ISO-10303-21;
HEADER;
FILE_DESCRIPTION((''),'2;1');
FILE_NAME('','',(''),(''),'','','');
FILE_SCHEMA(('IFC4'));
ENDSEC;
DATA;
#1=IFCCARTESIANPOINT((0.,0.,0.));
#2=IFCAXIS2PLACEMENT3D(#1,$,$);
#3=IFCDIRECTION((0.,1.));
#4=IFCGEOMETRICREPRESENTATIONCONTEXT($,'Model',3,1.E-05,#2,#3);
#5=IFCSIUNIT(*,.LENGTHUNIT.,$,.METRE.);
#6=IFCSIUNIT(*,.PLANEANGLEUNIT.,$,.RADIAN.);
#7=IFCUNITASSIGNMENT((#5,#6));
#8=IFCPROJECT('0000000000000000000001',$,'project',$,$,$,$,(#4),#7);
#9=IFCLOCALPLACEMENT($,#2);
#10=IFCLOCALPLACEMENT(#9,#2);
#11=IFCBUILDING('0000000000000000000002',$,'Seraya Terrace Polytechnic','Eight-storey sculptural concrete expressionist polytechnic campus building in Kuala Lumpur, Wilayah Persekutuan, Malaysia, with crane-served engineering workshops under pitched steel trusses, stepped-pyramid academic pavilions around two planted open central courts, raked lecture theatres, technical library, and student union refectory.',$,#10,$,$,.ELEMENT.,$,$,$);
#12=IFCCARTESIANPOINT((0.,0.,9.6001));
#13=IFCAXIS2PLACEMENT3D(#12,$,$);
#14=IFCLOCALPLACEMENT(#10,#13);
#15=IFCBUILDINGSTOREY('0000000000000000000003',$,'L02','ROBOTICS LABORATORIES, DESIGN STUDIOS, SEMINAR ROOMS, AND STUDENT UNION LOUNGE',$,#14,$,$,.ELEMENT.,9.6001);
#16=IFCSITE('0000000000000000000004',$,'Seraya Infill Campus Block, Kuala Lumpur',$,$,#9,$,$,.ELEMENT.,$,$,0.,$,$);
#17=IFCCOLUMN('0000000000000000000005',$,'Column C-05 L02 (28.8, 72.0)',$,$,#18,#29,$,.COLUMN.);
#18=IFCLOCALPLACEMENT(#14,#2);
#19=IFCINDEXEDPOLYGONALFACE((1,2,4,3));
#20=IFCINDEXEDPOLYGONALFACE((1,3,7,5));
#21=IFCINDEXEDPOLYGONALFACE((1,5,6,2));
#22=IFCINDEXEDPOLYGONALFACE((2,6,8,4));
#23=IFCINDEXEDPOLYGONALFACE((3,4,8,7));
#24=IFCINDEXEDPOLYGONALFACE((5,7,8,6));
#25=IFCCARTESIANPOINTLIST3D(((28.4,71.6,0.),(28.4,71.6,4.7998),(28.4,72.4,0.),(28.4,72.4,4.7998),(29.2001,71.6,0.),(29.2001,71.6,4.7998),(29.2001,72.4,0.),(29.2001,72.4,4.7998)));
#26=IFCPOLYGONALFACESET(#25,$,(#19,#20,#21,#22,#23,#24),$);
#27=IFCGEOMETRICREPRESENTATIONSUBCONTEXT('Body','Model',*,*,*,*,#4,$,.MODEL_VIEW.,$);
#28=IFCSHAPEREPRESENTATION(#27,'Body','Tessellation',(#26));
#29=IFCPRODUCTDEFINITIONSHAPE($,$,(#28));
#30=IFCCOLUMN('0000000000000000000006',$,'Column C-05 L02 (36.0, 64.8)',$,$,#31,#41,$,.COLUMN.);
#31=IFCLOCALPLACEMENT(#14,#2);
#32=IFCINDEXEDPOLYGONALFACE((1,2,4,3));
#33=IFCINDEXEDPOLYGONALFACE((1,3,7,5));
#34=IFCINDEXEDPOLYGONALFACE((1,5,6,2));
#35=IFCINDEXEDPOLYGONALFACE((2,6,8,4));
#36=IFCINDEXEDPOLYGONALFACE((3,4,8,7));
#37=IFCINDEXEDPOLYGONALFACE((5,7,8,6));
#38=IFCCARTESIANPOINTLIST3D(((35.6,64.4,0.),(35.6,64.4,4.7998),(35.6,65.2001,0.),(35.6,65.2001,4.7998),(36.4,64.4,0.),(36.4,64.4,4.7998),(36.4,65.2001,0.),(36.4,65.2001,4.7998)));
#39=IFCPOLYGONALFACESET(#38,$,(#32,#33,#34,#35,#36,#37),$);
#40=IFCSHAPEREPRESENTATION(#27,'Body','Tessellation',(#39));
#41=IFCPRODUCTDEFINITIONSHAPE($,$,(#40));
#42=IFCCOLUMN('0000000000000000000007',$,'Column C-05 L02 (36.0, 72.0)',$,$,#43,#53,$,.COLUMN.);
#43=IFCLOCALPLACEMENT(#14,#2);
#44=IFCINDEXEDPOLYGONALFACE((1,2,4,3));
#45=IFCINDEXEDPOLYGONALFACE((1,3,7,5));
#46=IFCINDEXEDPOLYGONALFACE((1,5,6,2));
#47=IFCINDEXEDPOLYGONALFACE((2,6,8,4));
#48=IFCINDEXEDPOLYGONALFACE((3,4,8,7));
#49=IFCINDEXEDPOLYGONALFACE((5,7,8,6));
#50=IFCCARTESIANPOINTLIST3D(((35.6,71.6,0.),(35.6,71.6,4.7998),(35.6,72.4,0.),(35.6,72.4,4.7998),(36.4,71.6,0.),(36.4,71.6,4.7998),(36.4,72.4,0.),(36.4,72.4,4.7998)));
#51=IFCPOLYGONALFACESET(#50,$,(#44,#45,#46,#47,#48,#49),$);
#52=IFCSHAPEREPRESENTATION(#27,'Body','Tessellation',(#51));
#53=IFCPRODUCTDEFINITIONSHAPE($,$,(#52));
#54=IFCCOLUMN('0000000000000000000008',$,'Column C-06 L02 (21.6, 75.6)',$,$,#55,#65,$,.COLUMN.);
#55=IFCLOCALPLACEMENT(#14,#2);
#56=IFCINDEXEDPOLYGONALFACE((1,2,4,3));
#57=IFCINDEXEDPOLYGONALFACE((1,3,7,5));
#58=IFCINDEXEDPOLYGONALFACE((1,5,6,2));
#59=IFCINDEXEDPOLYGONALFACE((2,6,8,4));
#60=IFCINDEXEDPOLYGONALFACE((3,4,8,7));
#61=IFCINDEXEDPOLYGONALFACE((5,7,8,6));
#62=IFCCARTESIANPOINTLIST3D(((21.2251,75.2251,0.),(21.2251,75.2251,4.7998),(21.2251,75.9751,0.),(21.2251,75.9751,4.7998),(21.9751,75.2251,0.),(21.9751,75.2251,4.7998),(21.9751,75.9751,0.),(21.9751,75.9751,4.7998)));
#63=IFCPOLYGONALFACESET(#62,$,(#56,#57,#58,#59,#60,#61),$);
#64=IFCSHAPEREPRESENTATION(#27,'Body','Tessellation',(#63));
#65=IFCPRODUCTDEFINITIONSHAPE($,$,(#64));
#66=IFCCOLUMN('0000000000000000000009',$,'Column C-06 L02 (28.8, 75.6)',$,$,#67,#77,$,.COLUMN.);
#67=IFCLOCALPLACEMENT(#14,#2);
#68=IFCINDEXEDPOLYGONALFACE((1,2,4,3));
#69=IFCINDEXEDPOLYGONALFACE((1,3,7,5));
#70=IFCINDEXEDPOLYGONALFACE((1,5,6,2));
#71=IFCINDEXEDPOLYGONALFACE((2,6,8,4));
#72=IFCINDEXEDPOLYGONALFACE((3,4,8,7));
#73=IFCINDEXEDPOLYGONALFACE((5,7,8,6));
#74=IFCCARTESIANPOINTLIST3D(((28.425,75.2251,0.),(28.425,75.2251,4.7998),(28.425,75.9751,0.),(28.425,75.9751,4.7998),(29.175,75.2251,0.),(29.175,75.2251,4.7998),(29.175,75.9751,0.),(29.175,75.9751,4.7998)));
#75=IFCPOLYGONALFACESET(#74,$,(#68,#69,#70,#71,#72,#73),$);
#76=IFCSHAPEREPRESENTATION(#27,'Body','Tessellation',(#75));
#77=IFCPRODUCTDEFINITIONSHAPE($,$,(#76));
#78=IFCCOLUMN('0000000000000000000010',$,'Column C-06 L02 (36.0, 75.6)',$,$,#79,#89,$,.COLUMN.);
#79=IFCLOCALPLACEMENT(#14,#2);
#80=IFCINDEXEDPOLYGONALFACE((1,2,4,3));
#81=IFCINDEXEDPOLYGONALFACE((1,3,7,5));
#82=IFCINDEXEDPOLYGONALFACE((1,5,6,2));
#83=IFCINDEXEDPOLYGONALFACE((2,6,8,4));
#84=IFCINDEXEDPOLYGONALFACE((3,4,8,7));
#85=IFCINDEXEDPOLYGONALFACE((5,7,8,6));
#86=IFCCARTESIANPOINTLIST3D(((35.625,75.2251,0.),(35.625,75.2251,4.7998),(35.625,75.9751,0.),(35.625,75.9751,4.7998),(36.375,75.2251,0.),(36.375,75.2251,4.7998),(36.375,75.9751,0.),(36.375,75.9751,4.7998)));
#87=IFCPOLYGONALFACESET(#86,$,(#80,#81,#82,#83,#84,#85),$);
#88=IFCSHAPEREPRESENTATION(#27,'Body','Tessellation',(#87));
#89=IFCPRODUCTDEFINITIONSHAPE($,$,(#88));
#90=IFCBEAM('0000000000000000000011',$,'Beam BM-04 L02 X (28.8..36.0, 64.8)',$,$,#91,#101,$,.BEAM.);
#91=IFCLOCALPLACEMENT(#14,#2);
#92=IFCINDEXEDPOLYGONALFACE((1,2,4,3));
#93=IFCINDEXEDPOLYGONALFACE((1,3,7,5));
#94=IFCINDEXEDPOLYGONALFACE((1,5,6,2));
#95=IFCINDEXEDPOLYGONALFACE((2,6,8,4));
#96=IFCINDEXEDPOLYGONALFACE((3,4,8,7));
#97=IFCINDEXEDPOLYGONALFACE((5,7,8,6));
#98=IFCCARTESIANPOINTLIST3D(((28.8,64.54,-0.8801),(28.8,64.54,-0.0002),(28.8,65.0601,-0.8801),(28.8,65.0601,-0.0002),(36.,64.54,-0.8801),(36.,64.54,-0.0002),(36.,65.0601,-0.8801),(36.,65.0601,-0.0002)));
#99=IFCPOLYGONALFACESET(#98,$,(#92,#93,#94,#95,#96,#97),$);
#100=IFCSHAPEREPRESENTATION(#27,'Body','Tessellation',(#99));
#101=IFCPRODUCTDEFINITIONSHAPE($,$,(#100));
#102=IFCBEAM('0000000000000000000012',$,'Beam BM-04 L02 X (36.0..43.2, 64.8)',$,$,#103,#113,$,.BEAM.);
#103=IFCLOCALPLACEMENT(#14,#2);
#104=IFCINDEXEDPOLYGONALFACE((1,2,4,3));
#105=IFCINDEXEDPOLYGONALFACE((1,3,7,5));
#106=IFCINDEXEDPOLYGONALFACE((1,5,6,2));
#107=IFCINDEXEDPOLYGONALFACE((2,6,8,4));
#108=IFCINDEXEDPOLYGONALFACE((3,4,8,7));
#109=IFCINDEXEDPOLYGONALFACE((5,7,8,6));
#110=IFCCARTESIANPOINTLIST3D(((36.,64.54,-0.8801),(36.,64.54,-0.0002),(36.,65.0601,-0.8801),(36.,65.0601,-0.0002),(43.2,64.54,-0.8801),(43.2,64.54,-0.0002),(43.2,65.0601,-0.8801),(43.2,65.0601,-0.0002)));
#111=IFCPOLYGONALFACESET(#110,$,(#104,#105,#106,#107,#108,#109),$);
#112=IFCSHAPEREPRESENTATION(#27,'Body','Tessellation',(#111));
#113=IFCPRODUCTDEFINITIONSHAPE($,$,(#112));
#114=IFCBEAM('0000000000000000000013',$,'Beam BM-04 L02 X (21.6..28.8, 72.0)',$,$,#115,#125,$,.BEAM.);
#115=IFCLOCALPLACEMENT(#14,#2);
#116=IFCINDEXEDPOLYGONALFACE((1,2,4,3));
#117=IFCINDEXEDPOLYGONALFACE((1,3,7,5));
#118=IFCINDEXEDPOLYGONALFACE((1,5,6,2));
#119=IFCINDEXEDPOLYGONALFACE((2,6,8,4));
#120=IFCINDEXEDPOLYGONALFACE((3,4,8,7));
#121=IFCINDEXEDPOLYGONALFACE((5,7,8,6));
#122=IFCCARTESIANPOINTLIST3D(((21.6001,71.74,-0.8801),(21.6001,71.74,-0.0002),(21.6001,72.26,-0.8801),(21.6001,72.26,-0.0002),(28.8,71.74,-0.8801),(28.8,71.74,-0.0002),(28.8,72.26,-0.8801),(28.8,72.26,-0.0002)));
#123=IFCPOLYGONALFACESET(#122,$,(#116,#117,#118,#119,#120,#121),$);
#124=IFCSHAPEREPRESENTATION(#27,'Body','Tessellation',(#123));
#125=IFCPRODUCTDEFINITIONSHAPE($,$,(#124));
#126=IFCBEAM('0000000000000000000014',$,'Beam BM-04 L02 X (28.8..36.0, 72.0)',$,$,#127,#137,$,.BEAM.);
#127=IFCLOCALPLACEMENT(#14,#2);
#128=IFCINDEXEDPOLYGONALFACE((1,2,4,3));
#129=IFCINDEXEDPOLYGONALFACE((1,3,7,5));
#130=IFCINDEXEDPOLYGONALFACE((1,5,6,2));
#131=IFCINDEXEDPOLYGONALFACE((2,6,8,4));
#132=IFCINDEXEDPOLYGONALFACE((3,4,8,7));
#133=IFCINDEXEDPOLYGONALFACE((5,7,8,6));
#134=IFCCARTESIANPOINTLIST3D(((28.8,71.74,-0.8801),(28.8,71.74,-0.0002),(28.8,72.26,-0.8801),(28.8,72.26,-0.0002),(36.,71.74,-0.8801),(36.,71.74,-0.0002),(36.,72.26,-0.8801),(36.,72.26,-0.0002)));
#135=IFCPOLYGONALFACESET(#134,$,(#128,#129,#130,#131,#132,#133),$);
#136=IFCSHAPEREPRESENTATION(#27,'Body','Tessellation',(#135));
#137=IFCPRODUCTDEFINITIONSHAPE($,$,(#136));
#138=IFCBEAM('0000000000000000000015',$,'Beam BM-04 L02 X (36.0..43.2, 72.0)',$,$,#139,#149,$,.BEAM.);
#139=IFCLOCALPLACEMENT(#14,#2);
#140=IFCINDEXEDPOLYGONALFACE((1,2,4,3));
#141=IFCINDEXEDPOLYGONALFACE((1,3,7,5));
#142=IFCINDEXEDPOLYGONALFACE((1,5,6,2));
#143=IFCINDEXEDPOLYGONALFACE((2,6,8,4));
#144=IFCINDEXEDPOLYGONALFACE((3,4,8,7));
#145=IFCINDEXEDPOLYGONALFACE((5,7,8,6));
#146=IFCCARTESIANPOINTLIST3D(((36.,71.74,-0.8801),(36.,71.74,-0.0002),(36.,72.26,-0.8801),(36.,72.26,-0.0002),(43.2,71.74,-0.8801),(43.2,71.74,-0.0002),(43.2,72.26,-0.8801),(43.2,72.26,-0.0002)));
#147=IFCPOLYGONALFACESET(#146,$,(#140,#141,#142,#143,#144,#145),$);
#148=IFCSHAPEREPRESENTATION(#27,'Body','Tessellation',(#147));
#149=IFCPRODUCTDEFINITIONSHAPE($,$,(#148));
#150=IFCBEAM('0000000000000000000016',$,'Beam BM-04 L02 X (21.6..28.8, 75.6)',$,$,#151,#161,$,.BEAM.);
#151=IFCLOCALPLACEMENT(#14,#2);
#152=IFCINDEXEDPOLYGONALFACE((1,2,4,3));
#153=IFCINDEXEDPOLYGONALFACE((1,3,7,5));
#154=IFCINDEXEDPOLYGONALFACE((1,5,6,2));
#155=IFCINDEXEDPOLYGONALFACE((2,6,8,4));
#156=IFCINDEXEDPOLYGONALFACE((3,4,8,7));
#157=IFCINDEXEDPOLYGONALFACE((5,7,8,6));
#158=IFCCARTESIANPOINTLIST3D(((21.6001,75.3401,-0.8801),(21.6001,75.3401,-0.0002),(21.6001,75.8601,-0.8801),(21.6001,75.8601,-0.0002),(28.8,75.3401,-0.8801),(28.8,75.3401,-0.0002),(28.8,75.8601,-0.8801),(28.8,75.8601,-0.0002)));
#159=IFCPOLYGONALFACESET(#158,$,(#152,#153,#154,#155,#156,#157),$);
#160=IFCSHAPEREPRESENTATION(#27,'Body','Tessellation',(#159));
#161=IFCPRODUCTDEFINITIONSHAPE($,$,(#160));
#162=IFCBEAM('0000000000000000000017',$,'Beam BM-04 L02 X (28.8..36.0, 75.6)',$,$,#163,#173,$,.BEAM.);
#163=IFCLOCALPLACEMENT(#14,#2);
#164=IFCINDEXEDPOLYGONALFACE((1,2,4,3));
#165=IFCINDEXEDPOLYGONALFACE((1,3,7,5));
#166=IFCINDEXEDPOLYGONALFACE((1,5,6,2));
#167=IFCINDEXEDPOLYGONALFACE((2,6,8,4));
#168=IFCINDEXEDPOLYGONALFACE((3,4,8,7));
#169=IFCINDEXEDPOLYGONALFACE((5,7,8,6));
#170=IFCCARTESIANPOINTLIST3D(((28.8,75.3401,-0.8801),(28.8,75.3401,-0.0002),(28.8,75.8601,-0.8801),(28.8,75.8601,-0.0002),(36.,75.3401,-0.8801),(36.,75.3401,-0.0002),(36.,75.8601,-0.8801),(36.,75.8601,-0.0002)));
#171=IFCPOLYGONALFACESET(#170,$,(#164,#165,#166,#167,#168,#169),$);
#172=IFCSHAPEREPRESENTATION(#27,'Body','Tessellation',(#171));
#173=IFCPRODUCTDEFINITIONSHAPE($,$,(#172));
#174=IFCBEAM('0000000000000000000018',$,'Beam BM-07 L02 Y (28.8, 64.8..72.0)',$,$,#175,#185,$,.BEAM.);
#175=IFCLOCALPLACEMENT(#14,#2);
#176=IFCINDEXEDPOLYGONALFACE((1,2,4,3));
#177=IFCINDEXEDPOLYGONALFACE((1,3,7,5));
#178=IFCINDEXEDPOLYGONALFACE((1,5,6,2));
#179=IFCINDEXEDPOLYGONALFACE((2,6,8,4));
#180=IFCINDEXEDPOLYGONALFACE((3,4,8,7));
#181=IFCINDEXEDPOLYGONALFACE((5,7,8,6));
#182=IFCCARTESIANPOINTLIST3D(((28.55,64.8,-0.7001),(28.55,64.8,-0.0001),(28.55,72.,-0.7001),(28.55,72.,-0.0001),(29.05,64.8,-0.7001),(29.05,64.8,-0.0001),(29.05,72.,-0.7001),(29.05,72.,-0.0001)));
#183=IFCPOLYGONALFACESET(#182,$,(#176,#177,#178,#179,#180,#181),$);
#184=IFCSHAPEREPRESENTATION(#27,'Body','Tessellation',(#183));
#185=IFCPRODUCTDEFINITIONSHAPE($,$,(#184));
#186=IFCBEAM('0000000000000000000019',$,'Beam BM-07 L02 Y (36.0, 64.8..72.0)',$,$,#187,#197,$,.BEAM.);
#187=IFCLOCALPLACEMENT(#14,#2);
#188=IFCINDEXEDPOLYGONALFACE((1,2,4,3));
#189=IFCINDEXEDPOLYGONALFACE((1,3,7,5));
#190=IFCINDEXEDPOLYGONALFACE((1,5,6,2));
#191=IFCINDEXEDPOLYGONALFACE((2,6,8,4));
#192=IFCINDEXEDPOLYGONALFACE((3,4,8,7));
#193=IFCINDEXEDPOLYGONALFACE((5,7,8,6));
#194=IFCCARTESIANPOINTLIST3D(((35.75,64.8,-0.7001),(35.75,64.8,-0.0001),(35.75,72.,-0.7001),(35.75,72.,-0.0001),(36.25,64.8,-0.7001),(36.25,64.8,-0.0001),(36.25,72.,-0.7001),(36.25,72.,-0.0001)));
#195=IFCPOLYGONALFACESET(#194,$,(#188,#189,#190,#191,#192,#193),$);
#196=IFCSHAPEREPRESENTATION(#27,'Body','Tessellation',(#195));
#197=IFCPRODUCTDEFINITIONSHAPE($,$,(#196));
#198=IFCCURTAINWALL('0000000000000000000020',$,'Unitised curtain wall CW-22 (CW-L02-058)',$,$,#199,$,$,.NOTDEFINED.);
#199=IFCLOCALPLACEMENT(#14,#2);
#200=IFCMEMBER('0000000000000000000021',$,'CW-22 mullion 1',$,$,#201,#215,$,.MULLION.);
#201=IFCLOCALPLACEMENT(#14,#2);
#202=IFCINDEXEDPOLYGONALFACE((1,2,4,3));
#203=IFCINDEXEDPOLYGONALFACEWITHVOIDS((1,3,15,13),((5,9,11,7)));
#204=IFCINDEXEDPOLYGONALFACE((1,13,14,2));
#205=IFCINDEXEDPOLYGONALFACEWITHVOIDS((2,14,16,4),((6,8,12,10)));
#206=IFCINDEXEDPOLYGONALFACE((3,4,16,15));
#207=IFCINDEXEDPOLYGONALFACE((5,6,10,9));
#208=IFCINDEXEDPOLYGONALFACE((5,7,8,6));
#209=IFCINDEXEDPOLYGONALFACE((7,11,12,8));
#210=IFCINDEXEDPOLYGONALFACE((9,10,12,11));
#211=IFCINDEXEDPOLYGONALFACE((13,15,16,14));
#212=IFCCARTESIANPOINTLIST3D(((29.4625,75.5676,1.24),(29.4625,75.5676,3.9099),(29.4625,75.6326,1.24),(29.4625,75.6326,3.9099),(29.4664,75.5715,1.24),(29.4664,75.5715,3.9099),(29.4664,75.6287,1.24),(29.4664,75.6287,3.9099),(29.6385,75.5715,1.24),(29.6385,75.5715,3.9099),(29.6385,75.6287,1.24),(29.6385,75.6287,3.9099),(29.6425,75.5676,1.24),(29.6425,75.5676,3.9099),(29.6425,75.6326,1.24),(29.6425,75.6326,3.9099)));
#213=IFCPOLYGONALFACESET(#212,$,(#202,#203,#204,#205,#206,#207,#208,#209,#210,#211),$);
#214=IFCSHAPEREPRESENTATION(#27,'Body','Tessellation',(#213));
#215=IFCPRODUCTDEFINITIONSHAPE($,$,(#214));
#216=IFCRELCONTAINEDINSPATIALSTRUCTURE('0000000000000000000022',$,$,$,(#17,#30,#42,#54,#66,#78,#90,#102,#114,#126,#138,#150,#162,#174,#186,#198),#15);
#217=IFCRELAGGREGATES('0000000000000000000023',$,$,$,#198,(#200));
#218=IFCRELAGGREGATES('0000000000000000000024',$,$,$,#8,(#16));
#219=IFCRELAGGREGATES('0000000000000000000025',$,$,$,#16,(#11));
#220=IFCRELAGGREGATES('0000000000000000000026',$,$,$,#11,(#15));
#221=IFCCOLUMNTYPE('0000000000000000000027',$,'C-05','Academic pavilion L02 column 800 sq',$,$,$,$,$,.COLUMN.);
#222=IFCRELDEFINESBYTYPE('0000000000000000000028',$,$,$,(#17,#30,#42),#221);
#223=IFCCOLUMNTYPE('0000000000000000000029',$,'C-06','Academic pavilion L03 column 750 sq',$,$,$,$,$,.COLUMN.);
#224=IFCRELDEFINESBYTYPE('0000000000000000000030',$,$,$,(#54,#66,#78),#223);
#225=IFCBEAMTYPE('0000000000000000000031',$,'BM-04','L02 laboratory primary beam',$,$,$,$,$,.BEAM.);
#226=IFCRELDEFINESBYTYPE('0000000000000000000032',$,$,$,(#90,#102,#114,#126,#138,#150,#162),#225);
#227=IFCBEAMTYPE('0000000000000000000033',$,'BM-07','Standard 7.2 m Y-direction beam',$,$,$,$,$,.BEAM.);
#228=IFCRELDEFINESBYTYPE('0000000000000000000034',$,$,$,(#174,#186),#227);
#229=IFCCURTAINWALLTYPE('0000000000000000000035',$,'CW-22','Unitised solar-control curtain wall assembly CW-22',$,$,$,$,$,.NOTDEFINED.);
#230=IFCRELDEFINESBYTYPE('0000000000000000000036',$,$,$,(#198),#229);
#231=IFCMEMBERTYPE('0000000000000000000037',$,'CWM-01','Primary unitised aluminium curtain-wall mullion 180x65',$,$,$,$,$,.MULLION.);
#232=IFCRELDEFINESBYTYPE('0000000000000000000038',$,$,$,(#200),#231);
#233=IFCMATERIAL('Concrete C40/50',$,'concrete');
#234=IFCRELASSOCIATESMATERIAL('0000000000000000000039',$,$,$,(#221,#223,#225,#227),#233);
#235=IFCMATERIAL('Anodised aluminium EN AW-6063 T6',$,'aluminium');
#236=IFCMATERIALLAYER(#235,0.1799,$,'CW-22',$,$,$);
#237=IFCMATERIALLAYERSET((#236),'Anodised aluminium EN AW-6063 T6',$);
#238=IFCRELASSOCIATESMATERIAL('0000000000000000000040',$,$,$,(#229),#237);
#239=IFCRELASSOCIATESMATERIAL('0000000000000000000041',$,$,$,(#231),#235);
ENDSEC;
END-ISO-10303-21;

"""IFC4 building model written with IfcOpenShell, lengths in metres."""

from ifc_helpers import new_model, si_unit, direction, frame, origin, origin_2d, place, context, subcontext, project, spatial, rectangle, hollow_rectangle, extrude, material, layer, layer_set, material_profile, profile_set, type_object, element, aggregate, save


model = new_model("IFC4")

# Units and contexts
model_context = context("Model", 3, precision=1e-05, world=origin(), true_north=direction((0.0, 1.0)))
body_context = subcontext(model_context, "Body", "Model", "MODEL_VIEW")
ifc_project = project(units=[si_unit("LENGTHUNIT", "METRE"), si_unit("PLANEANGLEUNIT", "RADIAN")], contexts=[model_context])

# Site, building, storey
site_placement = place(None, origin())
site = spatial("IfcSite", under=ifc_project, at=site_placement, Name="Seraya Infill Campus Block, Kuala Lumpur", CompositionType="ELEMENT", RefElevation=0.0)
building_placement = place(site_placement, origin())
building = spatial("IfcBuilding", under=site, at=building_placement, Name="Seraya Terrace Polytechnic", Description="Eight-storey sculptural concrete expressionist polytechnic campus building in Kuala Lumpur, Wilayah Persekutuan, Malaysia, with crane-served engineering workshops under pitched steel trusses, stepped-pyramid academic pavilions around two planted open central courts, raked lecture theatres, technical library, and student union refectory.", CompositionType="ELEMENT")
storey_placement = place(building_placement, frame((0.0, 0.0, 9.6001)))
storey = spatial("IfcBuildingStorey", under=building, at=storey_placement, Name="L02", Description="ROBOTICS LABORATORIES, DESIGN STUDIOS, SEMINAR ROOMS, AND STUDENT UNION LOUNGE", CompositionType="ELEMENT", Elevation=9.6001)

# Columns
ifc_material_1 = material(Name="Concrete C40/50", Category="concrete")
ifc_material_profile_1 = material_profile(ifc_material_1, rectangle(XDim=0.8, YDim=0.8, at=origin_2d()), Name="RC 800x800")
ifc_profile_set_1 = profile_set([ifc_material_profile_1], Name="Concrete C40/50")
column_type_1 = type_object("IfcColumnType", Name="C-05", Description="Academic pavilion L02 column 800 sq", PredefinedType="COLUMN", material=ifc_profile_set_1)
for number, where, z_axis, x_axis, name in (
    (1, (28.8, 72.0, 0.0), (0.0, 0.0, 1.0), (1.0, 0.0, 0.0), "Column C-05 L02 (28.8, 72.0)"),
    (2, (36.0, 64.8, 0.0), (0.0, 0.0, 1.0), (1.0, 0.0, 0.0), "Column C-05 L02 (36.0, 64.8)"),
    (3, (36.0, 72.0, 0.0), (0.0, 0.0, 1.0), (1.0, 0.0, 0.0), "Column C-05 L02 (36.0, 72.0)"),
):
    element("IfcColumn", number, at=place(storey_placement, frame(where, z_axis=z_axis, x_axis=x_axis)), inside=storey, type_object=column_type_1, Name=name, PredefinedType="COLUMN", context=body_context, shape_type="SweptSolid", body=[
        extrude(rectangle(XDim=0.8, YDim=0.8, at=origin_2d()), origin(), (0.0, 0.0, 1.0), 4.7998),
    ])
ifc_material_profile_2 = material_profile(ifc_material_1, rectangle(XDim=0.75, YDim=0.75, at=origin_2d()), Name="RC 750x750")
ifc_profile_set_2 = profile_set([ifc_material_profile_2], Name="Concrete C40/50")
column_type_2 = type_object("IfcColumnType", Name="C-06", Description="Academic pavilion L03 column 750 sq", PredefinedType="COLUMN", material=ifc_profile_set_2)
for number, where, z_axis, x_axis, name in (
    (4, (21.6001, 75.6001, 0.0), (0.0, 0.0, 1.0), (1.0, 0.0, 0.0), "Column C-06 L02 (21.6, 75.6)"),
    (5, (28.8, 75.6001, 0.0), (0.0, 0.0, 1.0), (1.0, 0.0, 0.0), "Column C-06 L02 (28.8, 75.6)"),
    (6, (36.0, 75.6001, 0.0), (0.0, 0.0, 1.0), (1.0, 0.0, 0.0), "Column C-06 L02 (36.0, 75.6)"),
):
    element("IfcColumn", number, at=place(storey_placement, frame(where, z_axis=z_axis, x_axis=x_axis)), inside=storey, type_object=column_type_2, Name=name, PredefinedType="COLUMN", context=body_context, shape_type="SweptSolid", body=[
        extrude(rectangle(XDim=0.75, YDim=0.75, at=origin_2d()), origin(), (0.0, 0.0, 1.0), 4.7998),
    ])

# Beams
ifc_material_profile_3 = material_profile(ifc_material_1, rectangle(XDim=0.52, YDim=0.8799, at=origin_2d()), Name="RC 520x880")
ifc_profile_set_3 = profile_set([ifc_material_profile_3], Name="Concrete C40/50")
beam_type_1 = type_object("IfcBeamType", Name="BM-04", Description="L02 laboratory primary beam", PredefinedType="BEAM", material=ifc_profile_set_3)
for number, where, z_axis, x_axis, name in (
    (7, (28.8, 64.8, -0.4402), (1.0, 0.0, 0.0), (0.0, 1.0, 0.0), "Beam BM-04 L02 X (28.8..36.0, 64.8)"),
    (8, (36.0, 64.8, -0.4402), (1.0, 0.0, 0.0), (0.0, 1.0, 0.0), "Beam BM-04 L02 X (36.0..43.2, 64.8)"),
    (9, (21.6001, 72.0, -0.4402), (1.0, 0.0, 0.0), (0.0, 1.0, 0.0), "Beam BM-04 L02 X (21.6..28.8, 72.0)"),
    (10, (28.8, 72.0, -0.4402), (1.0, 0.0, 0.0), (0.0, 1.0, 0.0), "Beam BM-04 L02 X (28.8..36.0, 72.0)"),
    (11, (36.0, 72.0, -0.4402), (1.0, 0.0, 0.0), (0.0, 1.0, 0.0), "Beam BM-04 L02 X (36.0..43.2, 72.0)"),
    (12, (21.6001, 75.6001, -0.4402), (1.0, 0.0, 0.0), (0.0, 1.0, 0.0), "Beam BM-04 L02 X (21.6..28.8, 75.6)"),
    (13, (28.8, 75.6001, -0.4402), (1.0, 0.0, 0.0), (0.0, 1.0, 0.0), "Beam BM-04 L02 X (28.8..36.0, 75.6)"),
):
    element("IfcBeam", number, at=place(storey_placement, frame(where, z_axis=z_axis, x_axis=x_axis)), inside=storey, type_object=beam_type_1, Name=name, PredefinedType="BEAM", context=body_context, shape_type="SweptSolid", body=[
        extrude(rectangle(XDim=0.52, YDim=0.8799, at=origin_2d()), origin(), (0.0, 0.0, 1.0), 7.2),
    ])
ifc_material_profile_4 = material_profile(ifc_material_1, rectangle(XDim=0.5, YDim=0.7, at=origin_2d()), Name="RC 500x700")
ifc_profile_set_4 = profile_set([ifc_material_profile_4], Name="Concrete C40/50")
beam_type_2 = type_object("IfcBeamType", Name="BM-07", Description="Standard 7.2 m Y-direction beam", PredefinedType="BEAM", material=ifc_profile_set_4)
for number, where, z_axis, x_axis, name in (
    (14, (28.8, 64.8, -0.3501), (0.0, 1.0, 0.0), (-1.0, 0.0, 0.0), "Beam BM-07 L02 Y (28.8, 64.8..72.0)"),
    (15, (36.0, 64.8, -0.3501), (0.0, 1.0, 0.0), (-1.0, 0.0, 0.0), "Beam BM-07 L02 Y (36.0, 64.8..72.0)"),
):
    element("IfcBeam", number, at=place(storey_placement, frame(where, z_axis=z_axis, x_axis=x_axis)), inside=storey, type_object=beam_type_2, Name=name, PredefinedType="BEAM", context=body_context, shape_type="SweptSolid", body=[
        extrude(rectangle(XDim=0.5, YDim=0.7, at=origin_2d()), origin(), (0.0, 0.0, 1.0), 7.2),
    ])

# Curtain wall, member
ifc_material_2 = material(Name="Anodised aluminium EN AW-6063 T6", Category="aluminium")
ifc_layer_1 = layer(ifc_material_2, 0.1799, Name="CW-22")
ifc_layer_set_1 = layer_set([ifc_layer_1], Name="Anodised aluminium EN AW-6063 T6")
curtain_wall_type = type_object("IfcCurtainWallType", Name="CW-22", Description="Unitised solar-control curtain wall assembly CW-22", PredefinedType="NOTDEFINED", material=ifc_layer_set_1)
curtain_wall_placement = place(storey_placement, origin())
curtain_wall = element("IfcCurtainWall", 16, at=curtain_wall_placement, inside=storey, type_object=curtain_wall_type, Name="Unitised curtain wall CW-22 (CW-L02-058)", PredefinedType="NOTDEFINED")
ifc_material_profile_5 = material_profile(ifc_material_2, hollow_rectangle(XDim=0.0649, YDim=0.1799, WallThickness=0.0039, at=origin_2d()), Name="RHS 180x65x4.0")
ifc_profile_set_5 = profile_set([ifc_material_profile_5], Name="Anodised aluminium EN AW-6063 T6")
member_type_1 = type_object("IfcMemberType", Name="CWM-01", Description="Primary unitised aluminium curtain-wall mullion 180x65", PredefinedType="MULLION", material=ifc_profile_set_5)
member_1_placement = place(storey_placement, frame((29.5525, 75.6001, 1.24), z_axis=(0.0, 0.0, 1.0), x_axis=(0.0, 1.0, 0.0)))
member_1 = element("IfcMember", 17, at=member_1_placement, type_object=member_type_1, Name="CW-22 mullion 1", PredefinedType="MULLION", context=body_context, shape_type="SweptSolid", body=[
    extrude(hollow_rectangle(XDim=0.0649, YDim=0.1799, WallThickness=0.0039, at=origin_2d()), origin(), (0.0, 0.0, 1.0), 2.6699),
])

aggregate(curtain_wall, [member_1])

save(model, "model.ifc")
